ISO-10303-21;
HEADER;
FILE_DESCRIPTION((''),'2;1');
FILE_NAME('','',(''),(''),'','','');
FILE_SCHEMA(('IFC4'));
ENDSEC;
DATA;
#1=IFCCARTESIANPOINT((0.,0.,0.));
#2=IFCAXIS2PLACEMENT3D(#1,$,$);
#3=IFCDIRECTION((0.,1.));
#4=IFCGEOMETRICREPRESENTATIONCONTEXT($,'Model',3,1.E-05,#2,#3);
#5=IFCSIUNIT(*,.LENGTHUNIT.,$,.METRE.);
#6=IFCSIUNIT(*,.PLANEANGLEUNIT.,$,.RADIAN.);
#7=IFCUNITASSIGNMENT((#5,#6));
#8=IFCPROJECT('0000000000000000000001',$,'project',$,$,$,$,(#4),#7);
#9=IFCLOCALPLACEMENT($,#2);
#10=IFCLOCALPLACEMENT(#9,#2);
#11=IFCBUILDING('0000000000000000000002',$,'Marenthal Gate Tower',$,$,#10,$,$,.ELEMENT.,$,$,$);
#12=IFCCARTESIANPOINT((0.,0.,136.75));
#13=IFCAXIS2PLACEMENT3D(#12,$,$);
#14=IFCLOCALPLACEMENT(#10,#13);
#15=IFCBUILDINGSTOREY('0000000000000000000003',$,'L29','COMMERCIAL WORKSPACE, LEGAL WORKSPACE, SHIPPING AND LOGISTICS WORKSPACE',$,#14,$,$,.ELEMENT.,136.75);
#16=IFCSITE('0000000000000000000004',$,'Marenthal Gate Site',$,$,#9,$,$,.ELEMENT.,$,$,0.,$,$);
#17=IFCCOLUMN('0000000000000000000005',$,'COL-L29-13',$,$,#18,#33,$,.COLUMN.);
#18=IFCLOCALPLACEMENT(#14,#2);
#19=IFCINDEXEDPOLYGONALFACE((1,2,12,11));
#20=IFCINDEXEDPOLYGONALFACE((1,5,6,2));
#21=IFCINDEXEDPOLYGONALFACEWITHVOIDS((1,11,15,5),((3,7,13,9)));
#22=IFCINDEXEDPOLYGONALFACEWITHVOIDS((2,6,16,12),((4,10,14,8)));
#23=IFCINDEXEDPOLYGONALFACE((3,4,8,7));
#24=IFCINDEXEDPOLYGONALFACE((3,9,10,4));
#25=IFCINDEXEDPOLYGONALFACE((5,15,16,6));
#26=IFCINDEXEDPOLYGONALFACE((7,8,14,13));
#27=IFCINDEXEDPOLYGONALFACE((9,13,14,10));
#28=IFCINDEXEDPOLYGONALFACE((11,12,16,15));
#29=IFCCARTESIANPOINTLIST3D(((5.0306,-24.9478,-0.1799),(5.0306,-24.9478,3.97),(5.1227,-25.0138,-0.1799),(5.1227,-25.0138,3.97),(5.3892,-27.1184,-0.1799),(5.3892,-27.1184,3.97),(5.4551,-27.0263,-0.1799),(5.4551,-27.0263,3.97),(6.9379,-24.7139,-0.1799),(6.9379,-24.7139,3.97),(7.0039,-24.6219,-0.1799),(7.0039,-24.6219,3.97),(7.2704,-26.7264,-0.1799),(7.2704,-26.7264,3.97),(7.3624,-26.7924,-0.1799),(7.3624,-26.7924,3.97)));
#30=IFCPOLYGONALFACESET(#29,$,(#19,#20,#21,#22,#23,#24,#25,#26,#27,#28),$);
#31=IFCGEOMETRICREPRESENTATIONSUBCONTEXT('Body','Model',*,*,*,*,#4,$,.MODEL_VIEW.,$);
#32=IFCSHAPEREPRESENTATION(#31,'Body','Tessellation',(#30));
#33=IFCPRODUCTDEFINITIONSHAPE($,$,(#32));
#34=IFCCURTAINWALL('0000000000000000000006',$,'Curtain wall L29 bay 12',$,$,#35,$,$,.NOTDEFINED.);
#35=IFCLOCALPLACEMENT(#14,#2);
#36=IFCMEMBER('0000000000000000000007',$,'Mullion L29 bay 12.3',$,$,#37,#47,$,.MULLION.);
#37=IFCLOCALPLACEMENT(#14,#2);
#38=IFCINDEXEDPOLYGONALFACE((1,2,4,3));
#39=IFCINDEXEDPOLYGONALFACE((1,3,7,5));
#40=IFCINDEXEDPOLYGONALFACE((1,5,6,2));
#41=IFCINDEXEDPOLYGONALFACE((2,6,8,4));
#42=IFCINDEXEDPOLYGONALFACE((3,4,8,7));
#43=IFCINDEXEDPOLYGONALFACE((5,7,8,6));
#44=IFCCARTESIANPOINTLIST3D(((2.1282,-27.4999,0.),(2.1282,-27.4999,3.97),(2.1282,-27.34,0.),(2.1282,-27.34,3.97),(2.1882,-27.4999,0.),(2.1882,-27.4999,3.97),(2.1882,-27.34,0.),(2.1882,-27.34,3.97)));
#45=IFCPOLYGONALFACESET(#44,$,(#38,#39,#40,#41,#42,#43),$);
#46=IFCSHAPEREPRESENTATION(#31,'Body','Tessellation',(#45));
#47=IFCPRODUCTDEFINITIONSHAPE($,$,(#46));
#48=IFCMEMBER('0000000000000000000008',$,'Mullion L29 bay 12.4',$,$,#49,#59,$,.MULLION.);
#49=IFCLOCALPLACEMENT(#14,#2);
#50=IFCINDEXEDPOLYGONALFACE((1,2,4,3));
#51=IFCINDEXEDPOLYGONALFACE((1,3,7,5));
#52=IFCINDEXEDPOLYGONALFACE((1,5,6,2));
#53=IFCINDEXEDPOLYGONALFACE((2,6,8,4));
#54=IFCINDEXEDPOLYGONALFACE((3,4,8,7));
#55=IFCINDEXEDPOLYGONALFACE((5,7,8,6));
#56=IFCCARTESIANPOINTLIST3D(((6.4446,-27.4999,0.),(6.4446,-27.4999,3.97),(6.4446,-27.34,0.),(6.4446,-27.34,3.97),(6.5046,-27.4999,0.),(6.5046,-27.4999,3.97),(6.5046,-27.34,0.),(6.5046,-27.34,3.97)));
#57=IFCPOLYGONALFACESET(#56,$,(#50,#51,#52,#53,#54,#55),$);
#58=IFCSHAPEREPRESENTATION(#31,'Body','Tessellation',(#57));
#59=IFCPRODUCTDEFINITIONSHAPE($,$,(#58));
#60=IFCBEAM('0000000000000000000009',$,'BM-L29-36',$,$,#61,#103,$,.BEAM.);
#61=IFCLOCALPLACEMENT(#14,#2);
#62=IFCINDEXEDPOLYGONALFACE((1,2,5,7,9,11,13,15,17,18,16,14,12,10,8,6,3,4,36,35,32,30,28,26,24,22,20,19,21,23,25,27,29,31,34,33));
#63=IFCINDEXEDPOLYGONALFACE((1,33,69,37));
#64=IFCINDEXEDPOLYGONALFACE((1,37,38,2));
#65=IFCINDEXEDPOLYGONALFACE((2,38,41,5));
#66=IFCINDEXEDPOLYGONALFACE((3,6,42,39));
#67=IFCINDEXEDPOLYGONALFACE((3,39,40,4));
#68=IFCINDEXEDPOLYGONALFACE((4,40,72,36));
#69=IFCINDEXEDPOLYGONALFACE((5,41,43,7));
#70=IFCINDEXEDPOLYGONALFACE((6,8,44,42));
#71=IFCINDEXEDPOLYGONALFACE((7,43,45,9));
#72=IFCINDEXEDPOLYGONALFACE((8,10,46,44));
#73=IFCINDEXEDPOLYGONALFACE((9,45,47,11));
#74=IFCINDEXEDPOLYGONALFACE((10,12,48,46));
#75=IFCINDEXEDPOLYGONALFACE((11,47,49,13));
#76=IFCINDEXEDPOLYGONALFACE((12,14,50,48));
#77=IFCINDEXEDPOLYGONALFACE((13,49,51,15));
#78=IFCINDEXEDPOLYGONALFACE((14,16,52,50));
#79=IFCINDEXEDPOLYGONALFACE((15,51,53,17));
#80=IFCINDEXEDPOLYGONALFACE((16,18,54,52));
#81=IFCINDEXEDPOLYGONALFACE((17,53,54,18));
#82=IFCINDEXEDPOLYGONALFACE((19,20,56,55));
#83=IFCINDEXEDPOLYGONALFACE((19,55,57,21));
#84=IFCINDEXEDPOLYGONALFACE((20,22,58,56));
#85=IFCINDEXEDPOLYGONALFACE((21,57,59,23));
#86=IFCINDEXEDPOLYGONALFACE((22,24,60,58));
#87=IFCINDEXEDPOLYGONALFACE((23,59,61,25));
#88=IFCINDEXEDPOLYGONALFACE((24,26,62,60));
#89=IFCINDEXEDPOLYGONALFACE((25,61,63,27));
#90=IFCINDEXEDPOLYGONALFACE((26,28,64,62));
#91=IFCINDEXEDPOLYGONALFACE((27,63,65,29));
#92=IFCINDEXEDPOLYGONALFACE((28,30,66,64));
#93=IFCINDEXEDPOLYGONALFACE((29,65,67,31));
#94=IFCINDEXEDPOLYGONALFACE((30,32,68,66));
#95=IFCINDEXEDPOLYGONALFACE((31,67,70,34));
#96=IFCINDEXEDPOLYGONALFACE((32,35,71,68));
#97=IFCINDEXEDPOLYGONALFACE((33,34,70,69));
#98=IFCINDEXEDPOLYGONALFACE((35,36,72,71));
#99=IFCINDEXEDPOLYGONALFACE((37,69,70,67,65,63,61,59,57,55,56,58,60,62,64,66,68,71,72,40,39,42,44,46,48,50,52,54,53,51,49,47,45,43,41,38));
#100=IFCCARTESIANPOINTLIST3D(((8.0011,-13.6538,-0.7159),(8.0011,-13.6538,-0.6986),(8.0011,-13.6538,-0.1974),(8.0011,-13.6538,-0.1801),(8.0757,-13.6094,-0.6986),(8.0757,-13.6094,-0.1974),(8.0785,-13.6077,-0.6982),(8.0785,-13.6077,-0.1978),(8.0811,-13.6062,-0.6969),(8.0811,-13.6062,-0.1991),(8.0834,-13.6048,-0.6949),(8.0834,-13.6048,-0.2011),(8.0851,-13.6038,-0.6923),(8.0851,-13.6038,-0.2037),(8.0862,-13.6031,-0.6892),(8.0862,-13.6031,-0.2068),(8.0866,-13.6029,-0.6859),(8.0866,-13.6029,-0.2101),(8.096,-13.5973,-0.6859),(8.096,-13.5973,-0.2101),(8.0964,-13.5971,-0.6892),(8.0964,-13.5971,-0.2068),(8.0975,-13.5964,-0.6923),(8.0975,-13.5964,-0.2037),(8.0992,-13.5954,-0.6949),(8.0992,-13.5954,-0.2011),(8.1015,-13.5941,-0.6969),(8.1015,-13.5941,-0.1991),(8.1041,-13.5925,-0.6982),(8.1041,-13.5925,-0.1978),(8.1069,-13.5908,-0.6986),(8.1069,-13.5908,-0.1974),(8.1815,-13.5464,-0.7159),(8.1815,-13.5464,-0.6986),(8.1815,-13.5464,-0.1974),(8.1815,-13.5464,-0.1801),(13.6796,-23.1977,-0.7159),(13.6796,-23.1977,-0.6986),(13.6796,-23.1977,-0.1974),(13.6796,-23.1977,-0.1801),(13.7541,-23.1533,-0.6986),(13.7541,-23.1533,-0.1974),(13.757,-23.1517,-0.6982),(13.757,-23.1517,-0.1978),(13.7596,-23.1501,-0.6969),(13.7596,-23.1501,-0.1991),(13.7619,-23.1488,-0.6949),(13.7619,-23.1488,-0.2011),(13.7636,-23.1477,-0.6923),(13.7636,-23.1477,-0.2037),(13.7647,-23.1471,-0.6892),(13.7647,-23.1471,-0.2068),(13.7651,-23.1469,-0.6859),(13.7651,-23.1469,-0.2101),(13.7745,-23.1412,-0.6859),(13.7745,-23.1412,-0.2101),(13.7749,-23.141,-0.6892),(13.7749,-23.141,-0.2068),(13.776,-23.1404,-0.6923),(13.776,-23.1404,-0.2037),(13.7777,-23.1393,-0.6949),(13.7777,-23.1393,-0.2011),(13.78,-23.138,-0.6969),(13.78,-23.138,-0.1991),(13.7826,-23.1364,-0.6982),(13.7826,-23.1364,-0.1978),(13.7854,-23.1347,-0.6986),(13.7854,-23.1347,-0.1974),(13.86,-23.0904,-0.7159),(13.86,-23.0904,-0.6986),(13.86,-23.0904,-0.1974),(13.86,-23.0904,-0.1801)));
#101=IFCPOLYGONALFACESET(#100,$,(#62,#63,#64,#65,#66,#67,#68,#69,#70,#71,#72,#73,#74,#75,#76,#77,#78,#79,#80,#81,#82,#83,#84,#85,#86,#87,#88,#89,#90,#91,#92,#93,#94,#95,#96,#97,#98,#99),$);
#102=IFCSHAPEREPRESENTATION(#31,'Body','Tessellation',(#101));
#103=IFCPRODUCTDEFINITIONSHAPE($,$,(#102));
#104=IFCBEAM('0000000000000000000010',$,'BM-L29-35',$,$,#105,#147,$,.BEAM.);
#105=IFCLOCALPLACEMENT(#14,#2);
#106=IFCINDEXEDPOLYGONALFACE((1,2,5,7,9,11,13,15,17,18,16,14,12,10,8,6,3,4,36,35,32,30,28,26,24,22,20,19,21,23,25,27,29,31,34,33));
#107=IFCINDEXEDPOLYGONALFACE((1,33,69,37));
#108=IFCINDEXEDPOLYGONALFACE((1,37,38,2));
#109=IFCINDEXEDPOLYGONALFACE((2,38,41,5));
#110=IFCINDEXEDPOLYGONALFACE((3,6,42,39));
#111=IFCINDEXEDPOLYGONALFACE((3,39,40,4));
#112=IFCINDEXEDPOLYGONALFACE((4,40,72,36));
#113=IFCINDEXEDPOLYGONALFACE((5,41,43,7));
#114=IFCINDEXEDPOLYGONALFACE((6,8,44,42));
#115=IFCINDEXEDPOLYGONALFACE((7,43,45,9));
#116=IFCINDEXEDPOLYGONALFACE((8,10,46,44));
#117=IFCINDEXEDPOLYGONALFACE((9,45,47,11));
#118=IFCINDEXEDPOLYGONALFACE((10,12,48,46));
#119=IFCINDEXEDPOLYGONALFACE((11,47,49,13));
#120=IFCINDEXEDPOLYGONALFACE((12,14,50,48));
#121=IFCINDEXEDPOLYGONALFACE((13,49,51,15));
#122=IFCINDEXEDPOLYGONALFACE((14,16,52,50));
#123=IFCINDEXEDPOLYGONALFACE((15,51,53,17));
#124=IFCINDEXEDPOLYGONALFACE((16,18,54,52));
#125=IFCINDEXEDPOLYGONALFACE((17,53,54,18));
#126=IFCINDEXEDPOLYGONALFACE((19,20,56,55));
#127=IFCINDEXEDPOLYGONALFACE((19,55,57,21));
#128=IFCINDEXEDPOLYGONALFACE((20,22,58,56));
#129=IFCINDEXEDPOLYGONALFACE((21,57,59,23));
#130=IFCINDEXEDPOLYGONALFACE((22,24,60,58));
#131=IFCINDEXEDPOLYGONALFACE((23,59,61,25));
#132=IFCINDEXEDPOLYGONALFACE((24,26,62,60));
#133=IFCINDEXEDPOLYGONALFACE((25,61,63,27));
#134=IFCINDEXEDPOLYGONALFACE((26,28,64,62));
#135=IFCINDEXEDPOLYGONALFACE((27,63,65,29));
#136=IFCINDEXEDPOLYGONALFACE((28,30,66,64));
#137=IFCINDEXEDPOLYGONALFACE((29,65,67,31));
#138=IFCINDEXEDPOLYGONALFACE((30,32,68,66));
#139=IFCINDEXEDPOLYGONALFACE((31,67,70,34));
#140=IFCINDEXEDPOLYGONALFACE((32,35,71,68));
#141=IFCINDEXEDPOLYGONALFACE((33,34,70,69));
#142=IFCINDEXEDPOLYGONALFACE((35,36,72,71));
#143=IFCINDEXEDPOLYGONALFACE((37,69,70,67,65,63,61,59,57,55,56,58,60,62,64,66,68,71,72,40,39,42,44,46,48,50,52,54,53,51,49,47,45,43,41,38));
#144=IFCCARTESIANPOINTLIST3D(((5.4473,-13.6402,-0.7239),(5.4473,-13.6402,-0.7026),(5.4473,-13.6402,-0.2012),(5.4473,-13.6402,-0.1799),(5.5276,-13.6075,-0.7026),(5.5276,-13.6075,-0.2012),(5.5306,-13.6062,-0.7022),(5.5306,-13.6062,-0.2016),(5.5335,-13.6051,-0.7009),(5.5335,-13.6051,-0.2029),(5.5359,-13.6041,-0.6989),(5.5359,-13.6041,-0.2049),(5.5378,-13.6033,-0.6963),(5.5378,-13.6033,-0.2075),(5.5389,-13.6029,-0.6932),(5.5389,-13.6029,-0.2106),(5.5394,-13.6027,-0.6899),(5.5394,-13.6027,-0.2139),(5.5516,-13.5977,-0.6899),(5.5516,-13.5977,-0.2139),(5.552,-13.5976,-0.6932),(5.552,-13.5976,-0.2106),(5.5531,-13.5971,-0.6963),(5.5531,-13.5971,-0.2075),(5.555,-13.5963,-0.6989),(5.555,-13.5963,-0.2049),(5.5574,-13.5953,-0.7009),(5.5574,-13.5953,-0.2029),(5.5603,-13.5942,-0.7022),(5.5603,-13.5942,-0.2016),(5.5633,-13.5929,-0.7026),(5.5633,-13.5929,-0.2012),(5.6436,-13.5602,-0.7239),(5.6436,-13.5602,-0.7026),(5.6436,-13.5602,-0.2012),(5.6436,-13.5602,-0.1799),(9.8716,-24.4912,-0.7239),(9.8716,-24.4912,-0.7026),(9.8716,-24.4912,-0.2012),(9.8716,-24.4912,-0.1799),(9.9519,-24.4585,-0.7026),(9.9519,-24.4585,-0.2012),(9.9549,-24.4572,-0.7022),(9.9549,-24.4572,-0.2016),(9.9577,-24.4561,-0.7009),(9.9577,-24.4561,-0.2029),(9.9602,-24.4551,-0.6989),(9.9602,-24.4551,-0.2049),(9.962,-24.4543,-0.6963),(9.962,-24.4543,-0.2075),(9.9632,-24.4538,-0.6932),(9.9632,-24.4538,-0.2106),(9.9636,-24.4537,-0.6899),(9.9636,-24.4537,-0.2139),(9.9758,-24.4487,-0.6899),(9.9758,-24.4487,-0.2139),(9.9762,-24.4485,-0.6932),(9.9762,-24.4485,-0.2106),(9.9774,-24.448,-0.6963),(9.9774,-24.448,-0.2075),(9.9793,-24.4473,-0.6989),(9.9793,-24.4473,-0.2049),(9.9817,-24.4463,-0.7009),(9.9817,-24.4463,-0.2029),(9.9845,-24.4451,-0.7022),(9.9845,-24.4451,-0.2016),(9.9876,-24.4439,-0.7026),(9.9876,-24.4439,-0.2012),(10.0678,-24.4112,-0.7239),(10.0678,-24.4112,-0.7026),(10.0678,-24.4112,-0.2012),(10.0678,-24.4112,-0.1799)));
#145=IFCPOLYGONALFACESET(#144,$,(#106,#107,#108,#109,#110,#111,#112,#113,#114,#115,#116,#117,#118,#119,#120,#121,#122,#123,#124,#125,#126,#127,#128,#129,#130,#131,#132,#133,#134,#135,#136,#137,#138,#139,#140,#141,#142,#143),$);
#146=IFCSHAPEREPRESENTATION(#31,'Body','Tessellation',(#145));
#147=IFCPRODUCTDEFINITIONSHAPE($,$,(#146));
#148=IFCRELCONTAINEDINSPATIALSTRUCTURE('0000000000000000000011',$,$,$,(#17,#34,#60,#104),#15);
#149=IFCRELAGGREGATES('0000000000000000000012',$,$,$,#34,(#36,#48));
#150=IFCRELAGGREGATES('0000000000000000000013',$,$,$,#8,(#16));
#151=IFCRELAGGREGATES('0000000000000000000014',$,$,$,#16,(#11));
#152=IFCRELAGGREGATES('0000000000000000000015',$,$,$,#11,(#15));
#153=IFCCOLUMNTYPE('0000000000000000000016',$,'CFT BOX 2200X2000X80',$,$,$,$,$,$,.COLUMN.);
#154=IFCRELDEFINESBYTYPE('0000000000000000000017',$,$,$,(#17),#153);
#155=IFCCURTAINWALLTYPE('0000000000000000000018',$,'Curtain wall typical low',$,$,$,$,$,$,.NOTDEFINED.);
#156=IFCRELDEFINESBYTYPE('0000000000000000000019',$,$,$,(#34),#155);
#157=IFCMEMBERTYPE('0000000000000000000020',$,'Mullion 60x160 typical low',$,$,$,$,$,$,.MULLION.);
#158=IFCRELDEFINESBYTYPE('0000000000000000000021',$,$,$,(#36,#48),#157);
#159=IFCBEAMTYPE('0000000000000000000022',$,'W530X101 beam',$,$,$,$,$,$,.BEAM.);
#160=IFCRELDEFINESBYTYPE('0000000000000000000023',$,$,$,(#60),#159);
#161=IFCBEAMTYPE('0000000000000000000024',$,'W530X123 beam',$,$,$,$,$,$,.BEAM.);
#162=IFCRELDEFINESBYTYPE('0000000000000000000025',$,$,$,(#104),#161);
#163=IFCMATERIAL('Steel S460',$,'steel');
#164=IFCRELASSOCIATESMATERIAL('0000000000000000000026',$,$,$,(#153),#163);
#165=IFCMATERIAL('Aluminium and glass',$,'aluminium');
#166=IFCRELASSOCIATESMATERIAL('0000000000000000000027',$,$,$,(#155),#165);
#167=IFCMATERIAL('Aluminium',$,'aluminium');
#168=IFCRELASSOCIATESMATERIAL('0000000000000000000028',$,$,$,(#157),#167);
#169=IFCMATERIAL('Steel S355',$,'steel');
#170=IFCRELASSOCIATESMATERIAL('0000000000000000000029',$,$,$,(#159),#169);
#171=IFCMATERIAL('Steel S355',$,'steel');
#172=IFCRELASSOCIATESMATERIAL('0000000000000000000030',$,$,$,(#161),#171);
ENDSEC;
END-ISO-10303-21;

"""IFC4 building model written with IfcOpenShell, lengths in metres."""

from ifc_helpers import new_model, si_unit, direction, frame, origin, origin_2d, place, context, subcontext, project, spatial, rectangle, hollow_rectangle, i_section, extrude, material, material_profile, profile_set, type_object, element, aggregate, save


model = new_model("IFC4")

# Units and contexts
model_context = context("Model", 3, precision=1e-05, world=origin(), true_north=direction((0.0, 1.0)))
body_context = subcontext(model_context, "Body", "Model", "MODEL_VIEW")
ifc_project = project(units=[si_unit("LENGTHUNIT", "METRE"), si_unit("PLANEANGLEUNIT", "RADIAN")], contexts=[model_context])

# Site, building, storey
site_placement = place(None, origin())
site = spatial("IfcSite", under=ifc_project, at=site_placement, Name="Marenthal Gate Site", CompositionType="ELEMENT", RefElevation=0.0)
building_placement = place(site_placement, origin())
building = spatial("IfcBuilding", under=site, at=building_placement, Name="Marenthal Gate Tower", CompositionType="ELEMENT")
storey_placement = place(building_placement, frame((0.0, 0.0, 136.75)))
storey = spatial("IfcBuildingStorey", under=building, at=storey_placement, Name="L29", Description="COMMERCIAL WORKSPACE, LEGAL WORKSPACE, SHIPPING AND LOGISTICS WORKSPACE", CompositionType="ELEMENT", Elevation=136.75)

# Column
ifc_material_1 = material(Name="Steel S460", Category="steel")
ifc_material_profile_1 = material_profile(ifc_material_1, hollow_rectangle(XDim=2.0, YDim=2.2, WallThickness=0.0801, at=origin_2d()), Name="CFT BOX 2200X2000X80")
ifc_material_2 = material(Name="Concrete 70 MPa", Category="concrete")
ifc_material_profile_2 = material_profile(ifc_material_2, rectangle(XDim=1.8401, YDim=2.04, at=origin_2d()), Name="CFT BOX 2200X2000X80 INFILL")
ifc_profile_set_1 = profile_set([ifc_material_profile_1, ifc_material_profile_2], Name="Steel S460 shell, Concrete 70 MPa infill")
column_type = type_object("IfcColumnType", Name="CFT BOX 2200X2000X80", PredefinedType="COLUMN", material=ifc_profile_set_1)
column_placement = place(storey_placement, frame((6.1965, -25.8701, -0.1799), z_axis=(0.0, 0.0, 1.0), x_axis=(-0.986629, -0.16298, 0.0)))
element("IfcColumn", 1, at=column_placement, inside=storey, type_object=column_type, Name="COL-L29-13", PredefinedType="COLUMN", context=body_context, shape_type="SweptSolid", body=[
    extrude(hollow_rectangle(XDim=2.0, YDim=2.2, WallThickness=0.0801, at=origin_2d()), origin(), (0.0, 0.0, 1.0), 4.1499),
])

# Curtain wall, members
ifc_material_3 = material(Name="Aluminium and glass", Category="aluminium")
curtain_wall_type = type_object("IfcCurtainWallType", Name="Curtain wall typical low", PredefinedType="NOTDEFINED", material=ifc_material_3)
curtain_wall_placement = place(storey_placement, origin())
curtain_wall = element("IfcCurtainWall", 2, at=curtain_wall_placement, inside=storey, type_object=curtain_wall_type, Name="Curtain wall L29 bay 12", PredefinedType="NOTDEFINED")
ifc_material_4 = material(Name="Aluminium", Category="aluminium")
ifc_material_profile_3 = material_profile(ifc_material_4, rectangle(XDim=0.1599, YDim=0.0601, at=origin_2d()), Name="60x160 aluminium mullion")
ifc_profile_set_2 = profile_set([ifc_material_profile_3], Name="Aluminium")
member_type = type_object("IfcMemberType", Name="Mullion 60x160 typical low", PredefinedType="MULLION", material=ifc_profile_set_2)
member_1_placement = place(storey_placement, frame((2.1582, -27.4199, 0.0), z_axis=(0.0, 0.0, 1.0), x_axis=(0.0, 1.0, 0.0)))
member_1 = element("IfcMember", 3, at=member_1_placement, type_object=member_type, Name="Mullion L29 bay 12.3", PredefinedType="MULLION", context=body_context, shape_type="SweptSolid", body=[
    extrude(rectangle(XDim=0.1599, YDim=0.0601, at=origin_2d()), origin(), (0.0, 0.0, 1.0), 3.97),
])
member_2_placement = place(storey_placement, frame((6.4746, -27.4199, 0.0), z_axis=(0.0, 0.0, 1.0), x_axis=(0.0, 1.0, 0.0)))
member_2 = element("IfcMember", 4, at=member_2_placement, type_object=member_type, Name="Mullion L29 bay 12.4", PredefinedType="MULLION", context=body_context, shape_type="SweptSolid", body=[
    extrude(rectangle(XDim=0.1599, YDim=0.0601, at=origin_2d()), origin(), (0.0, 0.0, 1.0), 3.97),
])

# Beams
ifc_material_5 = material(Name="Steel S355", Category="steel")
ifc_material_profile_4 = material_profile(ifc_material_5, i_section(OverallWidth=0.21, OverallDepth=0.5359, WebThickness=0.011, FlangeThickness=0.0173, FilletRadius=0.0127, at=origin_2d()), Name="W530X101")
ifc_profile_set_3 = profile_set([ifc_material_profile_4], Name="Steel S355")
beam_type_1 = type_object("IfcBeamType", Name="W530X101 beam", PredefinedType="BEAM", material=ifc_profile_set_3)
beam_1_placement = place(storey_placement, frame((13.7698, -23.144, -0.448), z_axis=(-0.511321, 0.85939, 0.0), x_axis=(-0.85939, -0.511321, 0.0)))
element("IfcBeam", 5, at=beam_1_placement, inside=storey, type_object=beam_type_1, Name="BM-L29-36", PredefinedType="BEAM", context=body_context, shape_type="SweptSolid", body=[
    extrude(i_section(OverallWidth=0.21, OverallDepth=0.5359, WebThickness=0.011, FlangeThickness=0.0173, FilletRadius=0.0127, at=origin_2d()), origin(), (0.0, 0.0, 1.0), 11.1055),
])
ifc_material_6 = material(Name="Steel S355", Category="steel")
ifc_material_profile_5 = material_profile(ifc_material_6, i_section(OverallWidth=0.2119, OverallDepth=0.5439, WebThickness=0.0132, FlangeThickness=0.0212, FilletRadius=0.0127, at=origin_2d()), Name="W530X123")
ifc_profile_set_4 = profile_set([ifc_material_profile_5], Name="Steel S355")
beam_type_2 = type_object("IfcBeamType", Name="W530X123 beam", PredefinedType="BEAM", material=ifc_profile_set_4)
beam_2_placement = place(storey_placement, frame((9.9697, -24.4512, -0.4519), z_axis=(-0.377554, 0.925988, 0.0), x_axis=(-0.925988, -0.377554, 0.0)))
element("IfcBeam", 6, at=beam_2_placement, inside=storey, type_object=beam_type_2, Name="BM-L29-35", PredefinedType="BEAM", context=body_context, shape_type="SweptSolid", body=[
    extrude(i_section(OverallWidth=0.2119, OverallDepth=0.5439, WebThickness=0.0132, FlangeThickness=0.0212, FilletRadius=0.0127, at=origin_2d()), origin(), (0.0, 0.0, 1.0), 11.7183),
])

aggregate(curtain_wall, [member_1, member_2])

save(model, "model.ifc")
